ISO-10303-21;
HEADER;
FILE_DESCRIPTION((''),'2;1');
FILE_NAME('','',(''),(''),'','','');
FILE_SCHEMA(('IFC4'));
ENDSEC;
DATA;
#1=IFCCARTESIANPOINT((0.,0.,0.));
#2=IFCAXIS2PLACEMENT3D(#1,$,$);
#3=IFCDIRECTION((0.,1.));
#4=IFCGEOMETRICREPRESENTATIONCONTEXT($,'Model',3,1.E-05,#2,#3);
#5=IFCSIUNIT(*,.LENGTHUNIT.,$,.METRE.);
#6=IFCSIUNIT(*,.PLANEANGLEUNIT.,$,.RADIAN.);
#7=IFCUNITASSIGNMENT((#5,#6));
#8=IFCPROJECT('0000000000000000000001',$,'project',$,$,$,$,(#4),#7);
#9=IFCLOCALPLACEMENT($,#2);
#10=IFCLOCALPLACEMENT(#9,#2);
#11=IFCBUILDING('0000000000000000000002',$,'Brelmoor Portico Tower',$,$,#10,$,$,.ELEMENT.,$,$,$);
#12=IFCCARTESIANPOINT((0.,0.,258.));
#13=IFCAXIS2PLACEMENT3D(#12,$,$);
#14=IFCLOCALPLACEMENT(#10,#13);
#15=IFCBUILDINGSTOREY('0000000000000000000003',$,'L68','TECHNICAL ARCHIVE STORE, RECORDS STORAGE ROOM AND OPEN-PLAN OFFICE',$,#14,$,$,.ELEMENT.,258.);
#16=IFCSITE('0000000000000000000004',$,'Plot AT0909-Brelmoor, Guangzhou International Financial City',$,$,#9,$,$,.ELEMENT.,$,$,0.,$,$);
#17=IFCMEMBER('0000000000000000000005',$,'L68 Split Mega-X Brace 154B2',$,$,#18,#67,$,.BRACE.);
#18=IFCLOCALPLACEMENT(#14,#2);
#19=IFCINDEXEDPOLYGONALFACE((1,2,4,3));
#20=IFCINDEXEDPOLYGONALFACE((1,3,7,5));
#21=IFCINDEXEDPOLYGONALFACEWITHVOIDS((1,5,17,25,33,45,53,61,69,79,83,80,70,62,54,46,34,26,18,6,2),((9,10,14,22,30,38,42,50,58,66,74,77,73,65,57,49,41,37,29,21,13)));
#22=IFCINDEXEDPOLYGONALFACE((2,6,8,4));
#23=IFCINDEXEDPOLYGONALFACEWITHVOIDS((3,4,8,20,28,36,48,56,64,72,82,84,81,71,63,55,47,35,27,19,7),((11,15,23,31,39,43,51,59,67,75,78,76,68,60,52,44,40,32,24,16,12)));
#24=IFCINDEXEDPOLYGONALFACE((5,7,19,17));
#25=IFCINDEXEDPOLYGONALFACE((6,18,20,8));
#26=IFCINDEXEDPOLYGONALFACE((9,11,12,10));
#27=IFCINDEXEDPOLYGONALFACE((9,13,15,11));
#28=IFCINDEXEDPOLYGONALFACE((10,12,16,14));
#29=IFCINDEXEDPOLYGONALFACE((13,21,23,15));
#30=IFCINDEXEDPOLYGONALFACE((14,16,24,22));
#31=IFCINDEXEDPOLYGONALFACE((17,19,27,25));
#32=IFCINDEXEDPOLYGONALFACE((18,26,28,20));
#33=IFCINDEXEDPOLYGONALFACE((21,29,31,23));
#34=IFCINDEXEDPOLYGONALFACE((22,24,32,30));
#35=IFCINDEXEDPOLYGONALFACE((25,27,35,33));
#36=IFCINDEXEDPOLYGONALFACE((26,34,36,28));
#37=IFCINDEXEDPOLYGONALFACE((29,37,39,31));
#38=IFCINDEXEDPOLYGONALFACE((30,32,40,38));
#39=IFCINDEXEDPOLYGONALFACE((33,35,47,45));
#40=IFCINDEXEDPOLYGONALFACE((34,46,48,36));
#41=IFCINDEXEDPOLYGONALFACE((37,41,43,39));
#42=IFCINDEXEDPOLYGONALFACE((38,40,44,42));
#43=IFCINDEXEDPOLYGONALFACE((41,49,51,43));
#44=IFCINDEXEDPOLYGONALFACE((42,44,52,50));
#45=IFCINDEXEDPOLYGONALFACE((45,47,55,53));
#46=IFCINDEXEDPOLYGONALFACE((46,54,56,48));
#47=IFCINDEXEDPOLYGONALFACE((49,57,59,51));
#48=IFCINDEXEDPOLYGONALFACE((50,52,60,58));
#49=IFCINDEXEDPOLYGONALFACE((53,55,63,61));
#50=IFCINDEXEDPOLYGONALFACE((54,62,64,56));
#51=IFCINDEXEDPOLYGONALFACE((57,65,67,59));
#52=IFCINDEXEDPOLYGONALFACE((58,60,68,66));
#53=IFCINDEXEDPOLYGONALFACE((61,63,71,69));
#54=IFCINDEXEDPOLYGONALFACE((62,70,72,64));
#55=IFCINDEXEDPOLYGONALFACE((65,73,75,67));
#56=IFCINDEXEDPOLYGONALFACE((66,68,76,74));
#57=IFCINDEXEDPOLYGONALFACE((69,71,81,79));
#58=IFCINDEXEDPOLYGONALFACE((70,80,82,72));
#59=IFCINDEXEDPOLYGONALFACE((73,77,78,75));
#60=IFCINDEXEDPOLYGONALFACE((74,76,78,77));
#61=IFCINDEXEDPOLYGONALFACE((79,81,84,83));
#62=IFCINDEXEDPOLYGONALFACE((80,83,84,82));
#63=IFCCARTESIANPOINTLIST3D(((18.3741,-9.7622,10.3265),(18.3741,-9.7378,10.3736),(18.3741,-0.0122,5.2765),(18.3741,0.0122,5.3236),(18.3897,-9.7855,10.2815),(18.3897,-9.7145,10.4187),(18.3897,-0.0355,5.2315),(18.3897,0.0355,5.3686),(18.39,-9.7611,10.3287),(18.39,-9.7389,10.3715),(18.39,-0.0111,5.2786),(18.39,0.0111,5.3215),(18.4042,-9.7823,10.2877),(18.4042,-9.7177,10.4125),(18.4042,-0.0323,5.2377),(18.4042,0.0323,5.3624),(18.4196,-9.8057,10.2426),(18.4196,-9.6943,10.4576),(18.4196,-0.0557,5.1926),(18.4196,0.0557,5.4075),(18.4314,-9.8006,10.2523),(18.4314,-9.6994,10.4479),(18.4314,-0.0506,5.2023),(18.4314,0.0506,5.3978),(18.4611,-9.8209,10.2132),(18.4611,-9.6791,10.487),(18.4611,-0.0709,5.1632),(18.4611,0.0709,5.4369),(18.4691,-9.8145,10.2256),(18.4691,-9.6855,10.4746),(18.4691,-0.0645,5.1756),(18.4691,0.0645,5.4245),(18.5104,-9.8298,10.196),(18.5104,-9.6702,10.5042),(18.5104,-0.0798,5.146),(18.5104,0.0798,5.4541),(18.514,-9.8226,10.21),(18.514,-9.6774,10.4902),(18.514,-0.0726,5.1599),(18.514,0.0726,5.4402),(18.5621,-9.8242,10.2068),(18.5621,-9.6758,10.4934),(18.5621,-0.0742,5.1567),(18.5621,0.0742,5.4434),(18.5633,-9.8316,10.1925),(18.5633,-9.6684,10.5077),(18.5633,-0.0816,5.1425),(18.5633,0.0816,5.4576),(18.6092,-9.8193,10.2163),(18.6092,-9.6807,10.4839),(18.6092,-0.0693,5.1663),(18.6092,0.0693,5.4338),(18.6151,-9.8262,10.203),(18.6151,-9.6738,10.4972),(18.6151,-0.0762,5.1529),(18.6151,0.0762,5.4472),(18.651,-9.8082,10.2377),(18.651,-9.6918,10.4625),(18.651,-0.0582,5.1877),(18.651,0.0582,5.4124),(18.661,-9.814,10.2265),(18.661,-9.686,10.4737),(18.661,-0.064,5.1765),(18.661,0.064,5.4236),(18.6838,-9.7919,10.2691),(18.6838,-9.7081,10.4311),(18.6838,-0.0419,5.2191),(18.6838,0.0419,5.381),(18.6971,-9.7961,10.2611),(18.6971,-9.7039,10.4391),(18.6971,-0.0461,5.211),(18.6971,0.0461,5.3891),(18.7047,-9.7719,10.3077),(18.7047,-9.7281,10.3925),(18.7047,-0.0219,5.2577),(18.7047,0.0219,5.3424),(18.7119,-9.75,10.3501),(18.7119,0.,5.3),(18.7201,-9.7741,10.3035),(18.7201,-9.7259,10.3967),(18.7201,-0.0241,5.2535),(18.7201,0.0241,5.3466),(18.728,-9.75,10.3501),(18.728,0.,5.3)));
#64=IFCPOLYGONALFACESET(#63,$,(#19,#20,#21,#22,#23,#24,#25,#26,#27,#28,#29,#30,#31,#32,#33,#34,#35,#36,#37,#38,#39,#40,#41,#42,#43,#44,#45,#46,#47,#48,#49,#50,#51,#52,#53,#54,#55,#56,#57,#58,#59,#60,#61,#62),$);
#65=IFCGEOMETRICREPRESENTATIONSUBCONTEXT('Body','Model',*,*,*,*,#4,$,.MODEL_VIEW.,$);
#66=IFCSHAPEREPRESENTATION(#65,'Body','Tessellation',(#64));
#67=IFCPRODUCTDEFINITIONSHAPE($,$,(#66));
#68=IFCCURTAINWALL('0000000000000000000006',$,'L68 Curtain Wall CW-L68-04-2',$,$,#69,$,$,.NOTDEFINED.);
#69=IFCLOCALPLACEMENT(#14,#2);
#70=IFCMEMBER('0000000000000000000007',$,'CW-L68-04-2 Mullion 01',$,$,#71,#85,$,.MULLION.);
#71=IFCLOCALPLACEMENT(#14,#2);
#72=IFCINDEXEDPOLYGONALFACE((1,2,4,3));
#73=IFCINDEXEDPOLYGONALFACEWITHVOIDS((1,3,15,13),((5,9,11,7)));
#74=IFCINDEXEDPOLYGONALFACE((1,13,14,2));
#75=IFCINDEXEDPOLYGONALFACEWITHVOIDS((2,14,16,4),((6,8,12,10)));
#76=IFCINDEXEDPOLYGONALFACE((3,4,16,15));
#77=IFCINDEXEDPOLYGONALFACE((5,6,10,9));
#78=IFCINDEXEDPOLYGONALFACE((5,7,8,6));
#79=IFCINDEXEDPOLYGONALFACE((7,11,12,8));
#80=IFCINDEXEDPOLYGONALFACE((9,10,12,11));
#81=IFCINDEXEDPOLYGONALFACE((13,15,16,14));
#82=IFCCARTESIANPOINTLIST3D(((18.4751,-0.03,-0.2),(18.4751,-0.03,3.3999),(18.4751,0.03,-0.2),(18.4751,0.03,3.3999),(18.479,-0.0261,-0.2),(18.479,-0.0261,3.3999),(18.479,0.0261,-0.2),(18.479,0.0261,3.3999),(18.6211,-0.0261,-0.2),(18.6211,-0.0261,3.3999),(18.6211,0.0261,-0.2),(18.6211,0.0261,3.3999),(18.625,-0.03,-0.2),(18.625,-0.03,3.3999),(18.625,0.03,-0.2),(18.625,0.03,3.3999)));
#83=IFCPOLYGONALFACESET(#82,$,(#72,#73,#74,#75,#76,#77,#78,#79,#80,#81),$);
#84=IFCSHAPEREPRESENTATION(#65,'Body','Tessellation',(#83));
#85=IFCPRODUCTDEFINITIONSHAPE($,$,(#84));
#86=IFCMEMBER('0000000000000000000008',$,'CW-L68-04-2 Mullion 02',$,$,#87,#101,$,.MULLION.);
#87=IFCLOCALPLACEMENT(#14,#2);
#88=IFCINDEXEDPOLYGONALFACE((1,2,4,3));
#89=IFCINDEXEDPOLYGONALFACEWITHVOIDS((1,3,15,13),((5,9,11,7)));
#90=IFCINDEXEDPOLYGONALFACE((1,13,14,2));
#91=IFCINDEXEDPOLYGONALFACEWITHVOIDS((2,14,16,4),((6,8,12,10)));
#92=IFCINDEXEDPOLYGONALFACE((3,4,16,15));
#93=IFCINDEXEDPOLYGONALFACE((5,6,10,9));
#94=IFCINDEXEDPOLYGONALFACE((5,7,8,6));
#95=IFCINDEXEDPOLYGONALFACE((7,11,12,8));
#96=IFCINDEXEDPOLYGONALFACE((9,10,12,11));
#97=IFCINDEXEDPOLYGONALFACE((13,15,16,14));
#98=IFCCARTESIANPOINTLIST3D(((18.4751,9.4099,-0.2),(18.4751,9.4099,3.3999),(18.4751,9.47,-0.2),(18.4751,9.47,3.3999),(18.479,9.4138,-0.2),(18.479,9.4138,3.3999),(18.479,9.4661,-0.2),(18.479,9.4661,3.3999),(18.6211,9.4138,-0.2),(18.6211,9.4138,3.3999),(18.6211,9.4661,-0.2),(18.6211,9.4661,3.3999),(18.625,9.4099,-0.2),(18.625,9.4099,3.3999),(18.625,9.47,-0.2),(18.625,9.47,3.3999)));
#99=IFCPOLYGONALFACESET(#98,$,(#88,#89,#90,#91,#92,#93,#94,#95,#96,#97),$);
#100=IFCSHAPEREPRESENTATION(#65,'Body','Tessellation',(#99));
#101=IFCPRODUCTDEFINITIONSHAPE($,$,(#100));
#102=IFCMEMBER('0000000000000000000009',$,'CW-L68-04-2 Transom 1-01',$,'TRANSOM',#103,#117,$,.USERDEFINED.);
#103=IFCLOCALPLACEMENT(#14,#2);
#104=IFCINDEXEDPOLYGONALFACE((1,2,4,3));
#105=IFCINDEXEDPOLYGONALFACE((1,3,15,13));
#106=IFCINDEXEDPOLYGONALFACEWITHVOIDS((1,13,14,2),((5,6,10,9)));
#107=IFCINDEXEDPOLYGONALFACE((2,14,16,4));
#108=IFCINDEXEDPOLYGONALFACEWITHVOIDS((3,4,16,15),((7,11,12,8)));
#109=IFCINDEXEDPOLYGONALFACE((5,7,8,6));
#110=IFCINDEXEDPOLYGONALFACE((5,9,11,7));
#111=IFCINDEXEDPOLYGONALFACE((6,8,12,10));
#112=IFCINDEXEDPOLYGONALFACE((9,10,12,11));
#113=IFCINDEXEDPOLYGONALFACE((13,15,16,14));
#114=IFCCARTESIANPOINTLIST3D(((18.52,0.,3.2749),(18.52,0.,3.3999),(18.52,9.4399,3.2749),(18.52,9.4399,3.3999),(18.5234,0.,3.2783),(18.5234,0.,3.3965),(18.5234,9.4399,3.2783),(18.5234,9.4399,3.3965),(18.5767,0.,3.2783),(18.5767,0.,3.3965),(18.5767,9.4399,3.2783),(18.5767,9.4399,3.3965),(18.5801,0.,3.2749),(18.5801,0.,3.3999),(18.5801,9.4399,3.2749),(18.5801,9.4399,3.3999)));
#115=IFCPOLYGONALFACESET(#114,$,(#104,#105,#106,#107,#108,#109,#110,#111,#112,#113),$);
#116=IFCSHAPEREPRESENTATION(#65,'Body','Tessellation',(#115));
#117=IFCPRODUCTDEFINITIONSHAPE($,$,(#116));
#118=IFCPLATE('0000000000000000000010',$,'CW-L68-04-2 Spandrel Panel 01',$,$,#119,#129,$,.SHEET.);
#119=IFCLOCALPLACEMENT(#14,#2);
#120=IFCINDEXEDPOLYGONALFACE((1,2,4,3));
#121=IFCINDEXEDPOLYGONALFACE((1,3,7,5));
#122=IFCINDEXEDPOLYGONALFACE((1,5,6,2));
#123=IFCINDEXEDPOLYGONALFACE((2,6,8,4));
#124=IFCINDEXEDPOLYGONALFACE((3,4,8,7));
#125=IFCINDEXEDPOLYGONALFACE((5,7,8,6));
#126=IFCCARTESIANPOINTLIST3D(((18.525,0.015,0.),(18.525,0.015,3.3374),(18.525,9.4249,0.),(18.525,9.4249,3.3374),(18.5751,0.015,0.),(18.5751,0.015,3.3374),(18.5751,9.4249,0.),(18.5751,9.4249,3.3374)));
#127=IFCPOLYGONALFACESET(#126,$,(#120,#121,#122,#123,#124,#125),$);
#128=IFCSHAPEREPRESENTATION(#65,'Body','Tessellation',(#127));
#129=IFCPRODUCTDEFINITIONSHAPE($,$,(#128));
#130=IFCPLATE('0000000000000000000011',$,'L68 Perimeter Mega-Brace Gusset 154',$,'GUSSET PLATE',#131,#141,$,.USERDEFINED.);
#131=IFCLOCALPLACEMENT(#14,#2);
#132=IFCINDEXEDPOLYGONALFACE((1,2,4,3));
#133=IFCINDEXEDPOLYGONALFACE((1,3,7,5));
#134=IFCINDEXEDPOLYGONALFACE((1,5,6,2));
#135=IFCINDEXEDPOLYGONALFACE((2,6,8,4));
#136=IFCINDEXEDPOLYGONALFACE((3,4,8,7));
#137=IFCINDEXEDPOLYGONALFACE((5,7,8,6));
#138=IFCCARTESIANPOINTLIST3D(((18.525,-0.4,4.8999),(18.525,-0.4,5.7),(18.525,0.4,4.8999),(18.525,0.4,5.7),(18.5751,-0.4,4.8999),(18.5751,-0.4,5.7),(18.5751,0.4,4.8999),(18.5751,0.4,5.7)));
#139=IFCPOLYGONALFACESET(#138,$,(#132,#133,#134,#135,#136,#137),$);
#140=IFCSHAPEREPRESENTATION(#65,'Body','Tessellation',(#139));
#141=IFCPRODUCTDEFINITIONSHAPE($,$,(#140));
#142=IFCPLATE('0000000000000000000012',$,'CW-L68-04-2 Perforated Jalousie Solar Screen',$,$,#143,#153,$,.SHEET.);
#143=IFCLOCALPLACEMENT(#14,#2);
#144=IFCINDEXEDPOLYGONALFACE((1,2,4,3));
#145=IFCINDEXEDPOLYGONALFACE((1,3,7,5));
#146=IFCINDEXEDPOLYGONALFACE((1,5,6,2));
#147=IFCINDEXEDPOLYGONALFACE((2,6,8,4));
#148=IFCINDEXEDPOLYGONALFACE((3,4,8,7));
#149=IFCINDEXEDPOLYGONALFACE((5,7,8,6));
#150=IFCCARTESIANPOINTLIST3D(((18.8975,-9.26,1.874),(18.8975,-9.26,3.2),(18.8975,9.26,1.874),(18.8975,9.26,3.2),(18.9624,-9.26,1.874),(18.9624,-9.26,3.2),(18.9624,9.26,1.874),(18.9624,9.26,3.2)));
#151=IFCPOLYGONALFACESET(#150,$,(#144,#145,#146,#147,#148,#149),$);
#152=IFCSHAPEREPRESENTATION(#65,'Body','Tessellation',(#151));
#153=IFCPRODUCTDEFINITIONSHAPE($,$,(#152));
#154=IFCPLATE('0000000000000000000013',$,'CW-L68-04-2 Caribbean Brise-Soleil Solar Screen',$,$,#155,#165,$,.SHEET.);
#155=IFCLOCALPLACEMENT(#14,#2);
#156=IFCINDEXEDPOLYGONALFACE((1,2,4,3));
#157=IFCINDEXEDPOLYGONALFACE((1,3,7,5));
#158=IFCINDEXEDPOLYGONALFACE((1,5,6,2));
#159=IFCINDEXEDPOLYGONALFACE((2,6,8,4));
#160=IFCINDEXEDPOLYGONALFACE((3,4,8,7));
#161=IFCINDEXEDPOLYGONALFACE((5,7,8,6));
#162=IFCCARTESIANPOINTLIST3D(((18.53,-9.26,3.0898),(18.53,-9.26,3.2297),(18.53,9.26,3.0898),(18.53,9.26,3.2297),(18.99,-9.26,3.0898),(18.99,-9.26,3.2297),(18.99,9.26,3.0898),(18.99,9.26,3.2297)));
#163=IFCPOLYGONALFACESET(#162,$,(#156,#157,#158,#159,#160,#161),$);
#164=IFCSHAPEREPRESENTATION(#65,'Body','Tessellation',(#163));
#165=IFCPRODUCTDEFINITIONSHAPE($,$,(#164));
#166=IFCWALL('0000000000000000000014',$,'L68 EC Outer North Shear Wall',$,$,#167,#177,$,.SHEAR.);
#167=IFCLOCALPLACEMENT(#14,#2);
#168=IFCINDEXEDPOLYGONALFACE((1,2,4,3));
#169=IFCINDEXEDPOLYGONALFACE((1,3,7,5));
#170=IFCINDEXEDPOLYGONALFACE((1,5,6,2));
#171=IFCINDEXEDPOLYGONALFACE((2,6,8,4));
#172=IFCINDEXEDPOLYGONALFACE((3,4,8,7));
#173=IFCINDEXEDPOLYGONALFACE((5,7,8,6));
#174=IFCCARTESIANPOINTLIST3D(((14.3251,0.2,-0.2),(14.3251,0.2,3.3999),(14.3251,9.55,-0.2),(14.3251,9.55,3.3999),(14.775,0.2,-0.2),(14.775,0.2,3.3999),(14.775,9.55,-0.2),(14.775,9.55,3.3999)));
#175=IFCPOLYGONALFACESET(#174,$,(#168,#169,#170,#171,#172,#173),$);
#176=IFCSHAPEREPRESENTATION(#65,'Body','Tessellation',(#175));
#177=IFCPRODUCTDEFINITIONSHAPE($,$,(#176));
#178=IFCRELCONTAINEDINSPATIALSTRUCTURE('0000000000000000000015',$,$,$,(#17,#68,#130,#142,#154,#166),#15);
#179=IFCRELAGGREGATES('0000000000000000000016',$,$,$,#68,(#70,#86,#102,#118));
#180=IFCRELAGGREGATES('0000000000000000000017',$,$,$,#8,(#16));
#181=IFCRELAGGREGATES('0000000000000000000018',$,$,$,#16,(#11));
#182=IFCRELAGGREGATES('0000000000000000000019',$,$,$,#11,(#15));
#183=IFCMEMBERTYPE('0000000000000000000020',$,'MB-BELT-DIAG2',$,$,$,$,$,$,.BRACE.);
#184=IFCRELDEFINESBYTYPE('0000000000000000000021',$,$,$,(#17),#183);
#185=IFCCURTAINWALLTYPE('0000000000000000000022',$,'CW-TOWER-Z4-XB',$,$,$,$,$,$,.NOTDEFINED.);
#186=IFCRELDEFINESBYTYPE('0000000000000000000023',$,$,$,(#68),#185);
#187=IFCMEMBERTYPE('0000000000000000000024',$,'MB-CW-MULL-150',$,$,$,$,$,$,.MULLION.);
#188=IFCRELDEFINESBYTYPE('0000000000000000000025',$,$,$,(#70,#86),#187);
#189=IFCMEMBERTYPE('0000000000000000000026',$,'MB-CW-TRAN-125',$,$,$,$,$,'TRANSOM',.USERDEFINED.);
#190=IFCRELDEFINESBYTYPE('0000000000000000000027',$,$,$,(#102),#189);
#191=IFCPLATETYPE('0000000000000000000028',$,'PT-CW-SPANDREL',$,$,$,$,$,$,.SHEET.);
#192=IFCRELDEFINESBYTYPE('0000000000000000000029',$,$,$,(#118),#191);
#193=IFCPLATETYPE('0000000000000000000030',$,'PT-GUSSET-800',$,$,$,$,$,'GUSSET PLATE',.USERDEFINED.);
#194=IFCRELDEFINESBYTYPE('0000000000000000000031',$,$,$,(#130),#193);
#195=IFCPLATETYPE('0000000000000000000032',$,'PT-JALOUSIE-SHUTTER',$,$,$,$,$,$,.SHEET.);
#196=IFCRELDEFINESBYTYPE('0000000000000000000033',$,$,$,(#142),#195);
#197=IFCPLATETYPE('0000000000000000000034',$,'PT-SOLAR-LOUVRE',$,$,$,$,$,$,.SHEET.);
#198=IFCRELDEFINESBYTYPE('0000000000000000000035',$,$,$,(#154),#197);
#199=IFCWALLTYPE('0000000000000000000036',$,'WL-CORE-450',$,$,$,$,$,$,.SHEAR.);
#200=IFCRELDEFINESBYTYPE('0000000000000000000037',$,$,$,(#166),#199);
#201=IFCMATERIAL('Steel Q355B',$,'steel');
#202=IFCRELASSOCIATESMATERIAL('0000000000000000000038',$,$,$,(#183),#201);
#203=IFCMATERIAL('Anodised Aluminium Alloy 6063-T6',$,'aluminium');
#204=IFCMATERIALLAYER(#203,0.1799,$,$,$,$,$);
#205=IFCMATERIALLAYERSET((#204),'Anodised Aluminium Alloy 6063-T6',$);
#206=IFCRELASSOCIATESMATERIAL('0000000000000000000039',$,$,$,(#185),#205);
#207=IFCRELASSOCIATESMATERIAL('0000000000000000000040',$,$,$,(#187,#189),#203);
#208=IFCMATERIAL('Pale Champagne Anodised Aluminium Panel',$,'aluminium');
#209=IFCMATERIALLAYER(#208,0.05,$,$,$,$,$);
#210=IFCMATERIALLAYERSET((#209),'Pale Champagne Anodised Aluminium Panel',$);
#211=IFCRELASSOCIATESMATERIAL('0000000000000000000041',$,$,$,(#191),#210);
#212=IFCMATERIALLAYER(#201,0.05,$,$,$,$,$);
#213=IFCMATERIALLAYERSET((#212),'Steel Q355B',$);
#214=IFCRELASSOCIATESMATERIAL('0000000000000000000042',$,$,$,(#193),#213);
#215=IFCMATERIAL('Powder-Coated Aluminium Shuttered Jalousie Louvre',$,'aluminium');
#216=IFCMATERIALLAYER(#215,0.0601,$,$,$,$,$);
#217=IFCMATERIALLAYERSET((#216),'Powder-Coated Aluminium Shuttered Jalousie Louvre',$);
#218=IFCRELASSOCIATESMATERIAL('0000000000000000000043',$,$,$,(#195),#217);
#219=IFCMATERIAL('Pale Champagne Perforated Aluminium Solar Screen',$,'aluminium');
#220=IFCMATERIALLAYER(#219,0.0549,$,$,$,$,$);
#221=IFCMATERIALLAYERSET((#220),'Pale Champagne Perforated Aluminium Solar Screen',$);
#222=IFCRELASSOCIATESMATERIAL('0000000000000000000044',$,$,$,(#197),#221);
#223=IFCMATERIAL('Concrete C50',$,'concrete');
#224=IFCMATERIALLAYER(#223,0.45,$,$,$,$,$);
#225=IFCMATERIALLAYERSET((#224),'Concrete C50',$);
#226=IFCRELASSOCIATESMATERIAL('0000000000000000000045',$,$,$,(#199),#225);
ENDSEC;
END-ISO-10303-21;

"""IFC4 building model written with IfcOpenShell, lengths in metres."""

from ifc_helpers import new_model, si_unit, direction, frame, frame_2d, origin, origin_2d, place, context, subcontext, project, spatial, rectangle, hollow_rectangle, hollow_circle, extrude, material, layer, layer_set, material_profile, profile_set, type_object, element, aggregate, save


model = new_model("IFC4")

# Units and contexts
model_context = context("Model", 3, precision=1e-05, world=origin(), true_north=direction((0.0, 1.0)))
body_context = subcontext(model_context, "Body", "Model", "MODEL_VIEW")
ifc_project = project(units=[si_unit("LENGTHUNIT", "METRE"), si_unit("PLANEANGLEUNIT", "RADIAN")], contexts=[model_context])

# Site, building, storey
site_placement = place(None, origin())
site = spatial("IfcSite", under=ifc_project, at=site_placement, Name="Plot AT0909-Brelmoor, Guangzhou International Financial City", CompositionType="ELEMENT", RefElevation=0.0)
building_placement = place(site_placement, origin())
building = spatial("IfcBuilding", under=site, at=building_placement, Name="Brelmoor Portico Tower", CompositionType="ELEMENT")
storey_placement = place(building_placement, frame((0.0, 0.0, 258.0)))
storey = spatial("IfcBuildingStorey", under=building, at=storey_placement, Name="L68", Description="TECHNICAL ARCHIVE STORE, RECORDS STORAGE ROOM AND OPEN-PLAN OFFICE", CompositionType="ELEMENT", Elevation=258.0)

# Shared definitions
ifc_material_1 = material(Name="Steel Q355B", Category="steel")

# Member
ifc_material_profile_1 = material_profile(ifc_material_1, hollow_circle(Radius=0.178, WallThickness=0.0161, at=origin_2d()), Name="CHS 356x16")
ifc_profile_set_1 = profile_set([ifc_material_profile_1], Name="Steel Q355B")
member_type_1 = type_object("IfcMemberType", Name="MB-BELT-DIAG2", PredefinedType="BRACE", material=ifc_profile_set_1)
member_1_placement = place(storey_placement, frame((18.55, 0.0, 5.3), z_axis=(0.0, -0.887959, 0.459922), x_axis=(1.0, 0.0, 0.0)))
element("IfcMember", 1, at=member_1_placement, inside=storey, type_object=member_type_1, Name="L68 Split Mega-X Brace 154B2", PredefinedType="BRACE", context=body_context, shape_type="SweptSolid", body=[
    extrude(hollow_circle(Radius=0.178, WallThickness=0.0161, at=origin_2d()), origin(), (0.0, 0.0, 1.0), 10.9802),
])

# Curtain wall, members, plate
ifc_material_2 = material(Name="Anodised Aluminium Alloy 6063-T6", Category="aluminium")
ifc_layer_1 = layer(ifc_material_2, 0.1799)
ifc_layer_set_1 = layer_set([ifc_layer_1], Name="Anodised Aluminium Alloy 6063-T6")
curtain_wall_type = type_object("IfcCurtainWallType", Name="CW-TOWER-Z4-XB", PredefinedType="NOTDEFINED", material=ifc_layer_set_1)
curtain_wall_placement = place(storey_placement, origin())
curtain_wall = element("IfcCurtainWall", 2, at=curtain_wall_placement, inside=storey, type_object=curtain_wall_type, Name="L68 Curtain Wall CW-L68-04-2", PredefinedType="NOTDEFINED")
ifc_material_profile_2 = material_profile(ifc_material_2, hollow_rectangle(XDim=0.0601, YDim=0.1499, WallThickness=0.0039, at=origin_2d()), Name="ALU MULLION 60x150")
ifc_profile_set_2 = profile_set([ifc_material_profile_2], Name="Anodised Aluminium Alloy 6063-T6")
member_type_2 = type_object("IfcMemberType", Name="MB-CW-MULL-150", PredefinedType="MULLION", material=ifc_profile_set_2)
member_2_placement = place(storey_placement, frame((18.55, 0.0, -0.2), z_axis=(0.0, 0.0, 1.0), x_axis=(0.0, 1.0, 0.0)))
member_2 = element("IfcMember", 3, at=member_2_placement, type_object=member_type_2, Name="CW-L68-04-2 Mullion 01", PredefinedType="MULLION", context=body_context, shape_type="SweptSolid", body=[
    extrude(hollow_rectangle(XDim=0.0601, YDim=0.1499, WallThickness=0.0039, at=origin_2d()), origin(), (0.0, 0.0, 1.0), 3.5999),
])
member_3_placement = place(storey_placement, frame((18.55, 9.4399, -0.2), z_axis=(0.0, 0.0, 1.0), x_axis=(0.0, 1.0, 0.0)))
member_3 = element("IfcMember", 4, at=member_3_placement, type_object=member_type_2, Name="CW-L68-04-2 Mullion 02", PredefinedType="MULLION", context=body_context, shape_type="SweptSolid", body=[
    extrude(hollow_rectangle(XDim=0.0601, YDim=0.1499, WallThickness=0.0039, at=origin_2d()), origin(), (0.0, 0.0, 1.0), 3.5999),
])
ifc_material_profile_3 = material_profile(ifc_material_2, hollow_rectangle(XDim=0.0601, YDim=0.125, WallThickness=0.0034, at=origin_2d()), Name="ALU TRANSOM 60x125")
ifc_profile_set_3 = profile_set([ifc_material_profile_3], Name="Anodised Aluminium Alloy 6063-T6")
member_type_3 = type_object("IfcMemberType", Name="MB-CW-TRAN-125", ElementType="TRANSOM", PredefinedType="USERDEFINED", material=ifc_profile_set_3)
member_4_placement = place(storey_placement, frame((18.55, 0.0, 3.3374), z_axis=(0.0, 1.0, 0.0), x_axis=(-1.0, 0.0, 0.0)))
member_4 = element("IfcMember", 5, at=member_4_placement, type_object=member_type_3, Name="CW-L68-04-2 Transom 1-01", ObjectType="TRANSOM", PredefinedType="USERDEFINED", context=body_context, shape_type="SweptSolid", body=[
    extrude(hollow_rectangle(XDim=0.0601, YDim=0.125, WallThickness=0.0034, at=origin_2d()), origin(), (0.0, 0.0, 1.0), 9.4399),
])
ifc_material_3 = material(Name="Pale Champagne Anodised Aluminium Panel", Category="aluminium")
ifc_layer_2 = layer(ifc_material_3, 0.05)
ifc_layer_set_2 = layer_set([ifc_layer_2], Name="Pale Champagne Anodised Aluminium Panel")
plate_type_1 = type_object("IfcPlateType", Name="PT-CW-SPANDREL", PredefinedType="SHEET", material=ifc_layer_set_2)
plate_1_placement = place(storey_placement, frame((18.55, 4.72, 0.0), z_axis=(0.0, 0.0, 1.0), x_axis=(0.0, 1.0, 0.0)))
plate_1 = element("IfcPlate", 6, at=plate_1_placement, type_object=plate_type_1, Name="CW-L68-04-2 Spandrel Panel 01", PredefinedType="SHEET", context=body_context, shape_type="SweptSolid", body=[
    extrude(rectangle(XDim=9.4099, YDim=0.05, at=origin_2d()), origin(), (0.0, 0.0, 1.0), 3.3374),
])
aggregate(curtain_wall, [member_2, member_3, member_4, plate_1])

# Plates
ifc_layer_3 = layer(ifc_material_1, 0.05)
ifc_layer_set_3 = layer_set([ifc_layer_3], Name="Steel Q355B")
plate_type_2 = type_object("IfcPlateType", Name="PT-GUSSET-800", ElementType="GUSSET PLATE", PredefinedType="USERDEFINED", material=ifc_layer_set_3)
plate_2_placement = place(storey_placement, frame((18.55, 0.0, 4.8999), z_axis=(0.0, 0.0, 1.0), x_axis=(1.0, 0.0, 0.0)))
element("IfcPlate", 7, at=plate_2_placement, inside=storey, type_object=plate_type_2, Name="L68 Perimeter Mega-Brace Gusset 154", ObjectType="GUSSET PLATE", PredefinedType="USERDEFINED", context=body_context, shape_type="SweptSolid", body=[
    extrude(rectangle(XDim=0.05, YDim=0.8, at=origin_2d()), origin(), (0.0, 0.0, 1.0), 0.8),
])
ifc_material_4 = material(Name="Powder-Coated Aluminium Shuttered Jalousie Louvre", Category="aluminium")
ifc_layer_4 = layer(ifc_material_4, 0.0601)
ifc_layer_set_4 = layer_set([ifc_layer_4], Name="Powder-Coated Aluminium Shuttered Jalousie Louvre")
plate_type_3 = type_object("IfcPlateType", Name="PT-JALOUSIE-SHUTTER", PredefinedType="SHEET", material=ifc_layer_set_4)
plate_3_placement = place(storey_placement, frame((18.9299, 0.0, 1.874), z_axis=(0.0, 0.0, 1.0), x_axis=(0.0, 1.0, 0.0)))
element("IfcPlate", 8, at=plate_3_placement, inside=storey, type_object=plate_type_3, Name="CW-L68-04-2 Perforated Jalousie Solar Screen", PredefinedType="SHEET", context=body_context, shape_type="SweptSolid", body=[
    extrude(rectangle(XDim=18.52, YDim=0.0649, at=origin_2d()), origin(), (0.0, 0.0, 1.0), 1.3259),
])
ifc_material_5 = material(Name="Pale Champagne Perforated Aluminium Solar Screen", Category="aluminium")
ifc_layer_5 = layer(ifc_material_5, 0.0549)
ifc_layer_set_5 = layer_set([ifc_layer_5], Name="Pale Champagne Perforated Aluminium Solar Screen")
plate_type_4 = type_object("IfcPlateType", Name="PT-SOLAR-LOUVRE", PredefinedType="SHEET", material=ifc_layer_set_5)
plate_4_placement = place(storey_placement, frame((18.76, 0.0, 3.0898), z_axis=(0.0, 0.0, 1.0), x_axis=(0.0, 1.0, 0.0)))
element("IfcPlate", 9, at=plate_4_placement, inside=storey, type_object=plate_type_4, Name="CW-L68-04-2 Caribbean Brise-Soleil Solar Screen", PredefinedType="SHEET", context=body_context, shape_type="SweptSolid", body=[
    extrude(rectangle(XDim=18.52, YDim=0.46, at=origin_2d()), origin(), (0.0, 0.0, 1.0), 0.1399),
])

# Wall
ifc_material_6 = material(Name="Concrete C50", Category="concrete")
ifc_layer_6 = layer(ifc_material_6, 0.45)
ifc_layer_set_6 = layer_set([ifc_layer_6], Name="Concrete C50")
wall_type_1 = type_object("IfcWallType", Name="WL-CORE-450", PredefinedType="SHEAR", material=ifc_layer_set_6)
wall_1_placement = place(storey_placement, frame((14.55, 0.2, -0.2), z_axis=(0.0, 0.0, 1.0), x_axis=(0.0, 1.0, 0.0)))
element("IfcWall", 10, at=wall_1_placement, inside=storey, type_object=wall_type_1, Name="L68 EC Outer North Shear Wall", PredefinedType="SHEAR", context=body_context, shape_type="SweptSolid", body=[
    extrude(rectangle(XDim=9.3501, YDim=0.45, at=frame_2d((4.675, 0.0))), origin(), (0.0, 0.0, 1.0), 3.5999),
])

save(model, "model.ifc")
